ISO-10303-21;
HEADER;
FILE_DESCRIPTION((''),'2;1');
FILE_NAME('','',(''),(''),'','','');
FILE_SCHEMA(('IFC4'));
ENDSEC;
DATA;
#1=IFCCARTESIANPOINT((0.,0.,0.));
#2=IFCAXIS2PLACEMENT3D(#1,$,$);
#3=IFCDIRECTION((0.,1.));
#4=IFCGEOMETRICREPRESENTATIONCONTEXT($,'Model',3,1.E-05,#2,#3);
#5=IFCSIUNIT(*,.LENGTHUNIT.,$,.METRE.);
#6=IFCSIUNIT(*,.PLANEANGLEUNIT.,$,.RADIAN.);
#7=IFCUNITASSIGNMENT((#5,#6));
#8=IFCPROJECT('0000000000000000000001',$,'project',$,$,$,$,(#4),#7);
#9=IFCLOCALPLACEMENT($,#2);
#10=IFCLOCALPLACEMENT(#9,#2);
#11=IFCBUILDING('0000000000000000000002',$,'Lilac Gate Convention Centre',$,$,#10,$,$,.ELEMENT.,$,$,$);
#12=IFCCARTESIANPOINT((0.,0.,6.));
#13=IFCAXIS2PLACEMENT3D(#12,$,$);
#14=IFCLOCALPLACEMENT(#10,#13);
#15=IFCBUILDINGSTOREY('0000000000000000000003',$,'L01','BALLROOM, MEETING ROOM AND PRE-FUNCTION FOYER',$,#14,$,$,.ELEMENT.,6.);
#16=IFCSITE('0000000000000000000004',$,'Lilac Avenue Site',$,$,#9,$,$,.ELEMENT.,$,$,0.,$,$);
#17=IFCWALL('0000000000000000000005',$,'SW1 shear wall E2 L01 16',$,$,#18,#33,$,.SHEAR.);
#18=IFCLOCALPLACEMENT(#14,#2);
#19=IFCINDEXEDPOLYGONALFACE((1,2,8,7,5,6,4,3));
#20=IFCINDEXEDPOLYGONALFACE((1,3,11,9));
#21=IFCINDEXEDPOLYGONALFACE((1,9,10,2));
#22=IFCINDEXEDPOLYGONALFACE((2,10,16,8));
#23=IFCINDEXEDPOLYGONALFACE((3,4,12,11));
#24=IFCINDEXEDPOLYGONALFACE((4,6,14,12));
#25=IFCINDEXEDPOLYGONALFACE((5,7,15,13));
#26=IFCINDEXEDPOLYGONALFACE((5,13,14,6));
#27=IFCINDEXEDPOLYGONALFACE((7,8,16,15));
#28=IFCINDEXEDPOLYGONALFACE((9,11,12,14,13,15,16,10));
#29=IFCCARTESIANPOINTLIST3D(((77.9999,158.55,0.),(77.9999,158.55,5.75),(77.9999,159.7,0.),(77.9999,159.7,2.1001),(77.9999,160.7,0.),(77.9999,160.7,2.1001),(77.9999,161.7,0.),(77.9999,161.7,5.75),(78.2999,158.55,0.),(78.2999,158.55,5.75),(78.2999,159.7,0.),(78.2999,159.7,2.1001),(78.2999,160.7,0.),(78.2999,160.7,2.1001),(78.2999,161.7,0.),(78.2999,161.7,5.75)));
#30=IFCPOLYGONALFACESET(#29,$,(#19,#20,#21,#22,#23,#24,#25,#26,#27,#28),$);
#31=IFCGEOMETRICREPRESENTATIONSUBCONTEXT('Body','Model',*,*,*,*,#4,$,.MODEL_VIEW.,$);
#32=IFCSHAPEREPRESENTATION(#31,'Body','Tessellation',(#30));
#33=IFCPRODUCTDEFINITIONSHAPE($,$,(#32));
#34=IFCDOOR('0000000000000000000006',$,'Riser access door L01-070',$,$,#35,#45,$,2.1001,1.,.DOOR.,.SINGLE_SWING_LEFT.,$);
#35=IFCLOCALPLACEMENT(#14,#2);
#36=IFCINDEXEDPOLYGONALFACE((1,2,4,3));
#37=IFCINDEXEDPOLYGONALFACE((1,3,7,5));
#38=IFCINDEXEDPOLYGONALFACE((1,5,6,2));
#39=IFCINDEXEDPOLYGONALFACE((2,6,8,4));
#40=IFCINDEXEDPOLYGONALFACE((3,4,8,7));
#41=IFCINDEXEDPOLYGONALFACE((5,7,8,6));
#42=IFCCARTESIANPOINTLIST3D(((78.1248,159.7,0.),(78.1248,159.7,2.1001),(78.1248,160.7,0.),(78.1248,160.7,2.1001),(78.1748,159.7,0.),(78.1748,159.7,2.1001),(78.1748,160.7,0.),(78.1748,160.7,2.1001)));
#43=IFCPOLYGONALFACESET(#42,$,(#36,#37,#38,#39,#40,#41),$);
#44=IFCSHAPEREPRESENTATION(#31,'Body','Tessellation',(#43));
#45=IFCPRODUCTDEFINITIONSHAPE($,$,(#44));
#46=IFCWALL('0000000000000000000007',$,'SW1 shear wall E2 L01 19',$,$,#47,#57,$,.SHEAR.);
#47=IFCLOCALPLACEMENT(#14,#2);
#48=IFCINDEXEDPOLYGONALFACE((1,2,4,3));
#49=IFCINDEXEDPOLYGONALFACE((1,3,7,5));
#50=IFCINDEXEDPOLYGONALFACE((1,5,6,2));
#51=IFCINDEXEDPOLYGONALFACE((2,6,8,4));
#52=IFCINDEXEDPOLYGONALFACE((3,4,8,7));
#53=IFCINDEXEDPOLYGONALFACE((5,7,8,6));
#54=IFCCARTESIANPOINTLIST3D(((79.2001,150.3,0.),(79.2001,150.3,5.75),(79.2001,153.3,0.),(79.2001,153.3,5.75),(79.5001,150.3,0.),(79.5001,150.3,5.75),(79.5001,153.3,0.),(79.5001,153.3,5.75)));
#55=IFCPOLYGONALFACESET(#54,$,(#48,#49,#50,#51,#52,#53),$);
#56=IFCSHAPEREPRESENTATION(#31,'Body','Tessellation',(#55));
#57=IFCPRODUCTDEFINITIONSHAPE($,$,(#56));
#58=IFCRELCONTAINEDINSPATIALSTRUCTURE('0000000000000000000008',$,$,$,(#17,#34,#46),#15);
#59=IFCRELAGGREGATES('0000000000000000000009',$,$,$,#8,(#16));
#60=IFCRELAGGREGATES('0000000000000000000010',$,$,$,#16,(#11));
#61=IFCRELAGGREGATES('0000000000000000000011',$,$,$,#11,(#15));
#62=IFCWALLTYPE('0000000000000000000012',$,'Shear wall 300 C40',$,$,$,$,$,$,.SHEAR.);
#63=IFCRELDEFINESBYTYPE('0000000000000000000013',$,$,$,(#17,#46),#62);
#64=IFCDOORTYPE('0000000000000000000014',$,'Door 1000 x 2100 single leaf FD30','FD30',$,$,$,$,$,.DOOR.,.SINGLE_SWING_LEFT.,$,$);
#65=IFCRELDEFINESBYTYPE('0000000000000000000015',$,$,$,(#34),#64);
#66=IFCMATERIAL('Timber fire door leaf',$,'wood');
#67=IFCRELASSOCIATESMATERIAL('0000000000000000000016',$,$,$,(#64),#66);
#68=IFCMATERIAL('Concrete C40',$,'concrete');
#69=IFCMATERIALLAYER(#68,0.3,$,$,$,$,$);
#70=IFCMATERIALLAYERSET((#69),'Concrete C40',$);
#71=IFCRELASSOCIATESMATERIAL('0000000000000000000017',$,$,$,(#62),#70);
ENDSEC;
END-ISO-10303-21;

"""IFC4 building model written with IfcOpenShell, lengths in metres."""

from ifc_helpers import new_model, si_unit, direction, frame, frame_2d, origin, place, context, subcontext, project, spatial, rectangle, extrude, material, layer, layer_set, type_object, element, fill, save


model = new_model("IFC4")

# Units and contexts
model_context = context("Model", 3, precision=1e-05, world=origin(), true_north=direction((0.0, 1.0)))
body_context = subcontext(model_context, "Body", "Model", "MODEL_VIEW")
ifc_project = project(units=[si_unit("LENGTHUNIT", "METRE"), si_unit("PLANEANGLEUNIT", "RADIAN")], contexts=[model_context])

# Site, building, storey
site_placement = place(None, origin())
site = spatial("IfcSite", under=ifc_project, at=site_placement, Name="Lilac Avenue Site", CompositionType="ELEMENT", RefElevation=0.0)
building_placement = place(site_placement, origin())
building = spatial("IfcBuilding", under=site, at=building_placement, Name="Lilac Gate Convention Centre", CompositionType="ELEMENT")
storey_placement = place(building_placement, frame((0.0, 0.0, 6.0)))
storey = spatial("IfcBuildingStorey", under=building, at=storey_placement, Name="L01", Description="BALLROOM, MEETING ROOM AND PRE-FUNCTION FOYER", CompositionType="ELEMENT", Elevation=6.0)

# Shared definitions
ifc_material_1 = material(Name="Concrete C40", Category="concrete")

# Shared definitions
ifc_material_2 = material(Name="Timber fire door leaf", Category="wood")
door_type_1 = type_object("IfcDoorType", Name="Door 1000 x 2100 single leaf FD30", Description="FD30", OperationType="SINGLE_SWING_LEFT", PredefinedType="DOOR", material=ifc_material_2)

# Shared definitions
ifc_layer_1 = layer(ifc_material_1, 0.3)
ifc_layer_set_1 = layer_set([ifc_layer_1], Name="Concrete C40")
wall_type_1 = type_object("IfcWallType", Name="Shear wall 300 C40", PredefinedType="SHEAR", material=ifc_layer_set_1)

# Wall, opening, door
wall_1_placement = place(storey_placement, frame((78.1499, 158.55, 0.0), z_axis=(0.0, 0.0, 1.0), x_axis=(0.0, 1.0, 0.0)))
wall_1 = element("IfcWall", 1, at=wall_1_placement, inside=storey, type_object=wall_type_1, Name="SW1 shear wall E2 L01 16", PredefinedType="SHEAR", context=body_context, shape_type="SweptSolid", body=[
    extrude(rectangle(XDim=3.1499, YDim=0.3, at=frame_2d((1.575, 0.0))), origin(), (0.0, 0.0, 1.0), 5.75),
])
opening_1_placement = place(wall_1_placement, frame((1.1499, 0.0, 0.0)))
opening_1 = element("IfcOpeningElement", 2, at=opening_1_placement, cuts=wall_1, PredefinedType="OPENING", context=body_context, shape_type="SweptSolid", body=[
    extrude(rectangle(XDim=1.0, YDim=2.1001, at=frame_2d((0.5, 1.05))), frame((0.0, 0.1599, 0.0), z_axis=(0.0, -1.0, 0.0), x_axis=(1.0, 0.0, 0.0)), (0.0, 0.0, 1.0), 0.3201),
])
door_1_placement = place(opening_1_placement, frame((1.0, 0.0, 0.0), z_axis=(0.0, 0.0, 1.0), x_axis=(-1.0, 0.0, 0.0)))
door_1 = element("IfcDoor", 3, at=door_1_placement, inside=storey, type_object=door_type_1, Name="Riser access door L01-070", OperationType="SINGLE_SWING_LEFT", OverallHeight=2.1001, OverallWidth=1.0, PredefinedType="DOOR", context=body_context, shape_type="SweptSolid", body=[
    extrude(rectangle(XDim=1.0, YDim=2.1001, at=frame_2d((0.5, 1.05))), frame((0.0, 0.0249, 0.0), z_axis=(0.0, -1.0, 0.0), x_axis=(1.0, 0.0, 0.0)), (0.0, 0.0, 1.0), 0.05),
])
fill(opening_1, door_1)

# Wall
wall_2_placement = place(storey_placement, frame((79.3501, 150.3, 0.0), z_axis=(0.0, 0.0, 1.0), x_axis=(0.0, 1.0, 0.0)))
element("IfcWall", 4, at=wall_2_placement, inside=storey, type_object=wall_type_1, Name="SW1 shear wall E2 L01 19", PredefinedType="SHEAR", context=body_context, shape_type="SweptSolid", body=[
    extrude(rectangle(XDim=3.0, YDim=0.3, at=frame_2d((1.5, 0.0))), origin(), (0.0, 0.0, 1.0), 5.75),
])

save(model, "model.ifc")
